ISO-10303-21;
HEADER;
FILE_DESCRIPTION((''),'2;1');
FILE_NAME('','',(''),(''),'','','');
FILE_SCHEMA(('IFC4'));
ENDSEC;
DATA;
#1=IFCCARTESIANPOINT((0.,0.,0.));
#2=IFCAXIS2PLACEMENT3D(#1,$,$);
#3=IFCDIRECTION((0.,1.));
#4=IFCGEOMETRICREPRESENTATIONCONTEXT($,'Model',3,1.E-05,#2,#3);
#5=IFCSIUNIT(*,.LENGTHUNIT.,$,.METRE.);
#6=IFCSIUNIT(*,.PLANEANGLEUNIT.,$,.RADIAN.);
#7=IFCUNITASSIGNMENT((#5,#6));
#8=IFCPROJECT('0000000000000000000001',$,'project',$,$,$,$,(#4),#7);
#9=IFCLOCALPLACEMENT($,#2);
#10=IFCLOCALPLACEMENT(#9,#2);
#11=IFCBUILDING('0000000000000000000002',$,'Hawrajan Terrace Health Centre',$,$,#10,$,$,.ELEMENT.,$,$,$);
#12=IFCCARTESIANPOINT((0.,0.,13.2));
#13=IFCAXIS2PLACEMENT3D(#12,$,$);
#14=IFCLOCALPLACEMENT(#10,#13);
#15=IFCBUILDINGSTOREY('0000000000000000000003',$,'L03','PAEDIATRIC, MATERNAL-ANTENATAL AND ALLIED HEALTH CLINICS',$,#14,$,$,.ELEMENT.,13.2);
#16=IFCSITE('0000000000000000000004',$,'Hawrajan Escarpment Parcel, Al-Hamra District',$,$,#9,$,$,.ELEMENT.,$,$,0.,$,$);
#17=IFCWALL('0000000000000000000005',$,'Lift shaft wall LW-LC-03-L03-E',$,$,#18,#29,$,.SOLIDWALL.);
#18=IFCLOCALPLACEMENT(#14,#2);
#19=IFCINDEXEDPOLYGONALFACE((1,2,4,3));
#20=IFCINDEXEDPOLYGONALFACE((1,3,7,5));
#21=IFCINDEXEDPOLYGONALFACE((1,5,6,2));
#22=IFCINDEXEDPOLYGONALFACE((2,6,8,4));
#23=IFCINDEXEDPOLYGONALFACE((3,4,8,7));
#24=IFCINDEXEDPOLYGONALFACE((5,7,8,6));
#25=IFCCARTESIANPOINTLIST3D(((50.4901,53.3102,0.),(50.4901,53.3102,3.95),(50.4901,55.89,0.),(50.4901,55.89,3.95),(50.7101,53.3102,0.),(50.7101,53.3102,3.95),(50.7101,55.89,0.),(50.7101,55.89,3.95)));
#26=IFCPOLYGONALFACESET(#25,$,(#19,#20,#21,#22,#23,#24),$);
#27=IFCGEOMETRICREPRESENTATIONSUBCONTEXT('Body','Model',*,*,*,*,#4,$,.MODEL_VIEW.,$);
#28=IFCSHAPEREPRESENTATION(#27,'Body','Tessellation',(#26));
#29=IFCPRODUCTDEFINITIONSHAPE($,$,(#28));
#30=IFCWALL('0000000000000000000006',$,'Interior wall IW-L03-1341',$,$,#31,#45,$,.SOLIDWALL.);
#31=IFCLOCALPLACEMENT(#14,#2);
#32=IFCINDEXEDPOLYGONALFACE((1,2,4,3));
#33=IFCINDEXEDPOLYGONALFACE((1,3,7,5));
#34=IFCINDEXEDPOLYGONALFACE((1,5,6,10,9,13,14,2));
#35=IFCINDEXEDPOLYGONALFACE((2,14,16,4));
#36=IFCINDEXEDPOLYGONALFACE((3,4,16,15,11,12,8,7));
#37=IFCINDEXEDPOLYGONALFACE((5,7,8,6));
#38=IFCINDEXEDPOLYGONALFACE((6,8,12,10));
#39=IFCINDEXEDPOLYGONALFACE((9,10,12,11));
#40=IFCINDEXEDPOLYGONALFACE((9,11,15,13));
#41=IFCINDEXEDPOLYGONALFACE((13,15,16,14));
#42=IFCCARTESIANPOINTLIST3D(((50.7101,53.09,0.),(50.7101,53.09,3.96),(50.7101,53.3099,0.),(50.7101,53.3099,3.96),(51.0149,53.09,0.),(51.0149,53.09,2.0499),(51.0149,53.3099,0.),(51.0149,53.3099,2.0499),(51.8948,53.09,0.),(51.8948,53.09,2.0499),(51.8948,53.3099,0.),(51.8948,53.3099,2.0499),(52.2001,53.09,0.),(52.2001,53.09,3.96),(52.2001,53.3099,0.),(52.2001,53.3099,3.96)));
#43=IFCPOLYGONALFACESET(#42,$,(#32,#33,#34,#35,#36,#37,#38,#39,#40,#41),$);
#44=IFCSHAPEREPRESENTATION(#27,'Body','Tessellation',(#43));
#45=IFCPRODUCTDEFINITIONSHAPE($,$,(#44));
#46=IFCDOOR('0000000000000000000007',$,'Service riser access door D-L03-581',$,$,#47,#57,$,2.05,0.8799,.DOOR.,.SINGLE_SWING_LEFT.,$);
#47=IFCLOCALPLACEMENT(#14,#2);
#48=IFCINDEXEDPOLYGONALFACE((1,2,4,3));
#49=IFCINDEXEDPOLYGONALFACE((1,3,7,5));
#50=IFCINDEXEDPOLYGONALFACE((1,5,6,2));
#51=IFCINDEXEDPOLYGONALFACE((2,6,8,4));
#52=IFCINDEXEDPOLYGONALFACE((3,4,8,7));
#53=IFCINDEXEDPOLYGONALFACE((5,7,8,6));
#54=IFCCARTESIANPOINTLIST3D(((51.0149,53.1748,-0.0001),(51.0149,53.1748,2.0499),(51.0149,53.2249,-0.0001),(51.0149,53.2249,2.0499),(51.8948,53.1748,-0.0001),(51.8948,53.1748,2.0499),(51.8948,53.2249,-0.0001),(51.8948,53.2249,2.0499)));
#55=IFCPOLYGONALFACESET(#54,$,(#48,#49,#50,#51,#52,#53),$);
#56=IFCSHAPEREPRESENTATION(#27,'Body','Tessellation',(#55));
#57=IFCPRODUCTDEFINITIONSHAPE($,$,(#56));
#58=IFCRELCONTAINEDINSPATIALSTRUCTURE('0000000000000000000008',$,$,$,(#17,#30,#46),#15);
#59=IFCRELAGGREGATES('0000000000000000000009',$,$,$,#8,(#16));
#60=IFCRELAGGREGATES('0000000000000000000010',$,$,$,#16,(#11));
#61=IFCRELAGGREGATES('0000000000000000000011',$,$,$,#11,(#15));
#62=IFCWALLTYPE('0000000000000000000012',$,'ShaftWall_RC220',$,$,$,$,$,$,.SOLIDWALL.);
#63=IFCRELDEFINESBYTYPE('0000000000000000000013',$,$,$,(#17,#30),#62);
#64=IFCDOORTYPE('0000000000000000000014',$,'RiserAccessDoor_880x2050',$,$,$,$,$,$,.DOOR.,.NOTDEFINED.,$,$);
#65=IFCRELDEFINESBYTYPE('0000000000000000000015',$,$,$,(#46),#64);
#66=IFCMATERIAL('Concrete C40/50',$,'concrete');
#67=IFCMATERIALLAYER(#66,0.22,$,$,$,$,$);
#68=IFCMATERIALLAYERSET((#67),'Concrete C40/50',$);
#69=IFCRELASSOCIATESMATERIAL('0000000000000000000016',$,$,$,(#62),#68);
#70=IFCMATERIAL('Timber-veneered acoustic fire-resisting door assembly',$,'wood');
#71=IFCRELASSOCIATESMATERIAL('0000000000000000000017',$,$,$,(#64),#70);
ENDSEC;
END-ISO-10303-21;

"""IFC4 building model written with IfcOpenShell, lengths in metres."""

from ifc_helpers import new_model, si_unit, direction, frame, frame_2d, origin, place, context, subcontext, project, spatial, rectangle, extrude, material, layer, layer_set, type_object, element, fill, save


model = new_model("IFC4")

# Units and contexts
model_context = context("Model", 3, precision=1e-05, world=origin(), true_north=direction((0.0, 1.0)))
body_context = subcontext(model_context, "Body", "Model", "MODEL_VIEW")
ifc_project = project(units=[si_unit("LENGTHUNIT", "METRE"), si_unit("PLANEANGLEUNIT", "RADIAN")], contexts=[model_context])

# Site, building, storey
site_placement = place(None, origin())
site = spatial("IfcSite", under=ifc_project, at=site_placement, Name="Hawrajan Escarpment Parcel, Al-Hamra District", CompositionType="ELEMENT", RefElevation=0.0)
building_placement = place(site_placement, origin())
building = spatial("IfcBuilding", under=site, at=building_placement, Name="Hawrajan Terrace Health Centre", CompositionType="ELEMENT")
storey_placement = place(building_placement, frame((0.0, 0.0, 13.2)))
storey = spatial("IfcBuildingStorey", under=building, at=storey_placement, Name="L03", Description="PAEDIATRIC, MATERNAL-ANTENATAL AND ALLIED HEALTH CLINICS", CompositionType="ELEMENT", Elevation=13.2)

# Shared definitions
ifc_material_1 = material(Name="Concrete C40/50", Category="concrete")

# Shared definitions
ifc_material_2 = material(Name="Timber-veneered acoustic fire-resisting door assembly", Category="wood")

# Shared definitions
ifc_layer_1 = layer(ifc_material_1, 0.22)
ifc_layer_set_1 = layer_set([ifc_layer_1], Name="Concrete C40/50")
wall_type_1 = type_object("IfcWallType", Name="ShaftWall_RC220", PredefinedType="SOLIDWALL", material=ifc_layer_set_1)

# Wall
wall_1_placement = place(storey_placement, frame((50.6001, 53.3101, 0.0), z_axis=(0.0, 0.0, 1.0), x_axis=(0.0, 1.0, 0.0)))
element("IfcWall", 1, at=wall_1_placement, inside=storey, type_object=wall_type_1, Name="Lift shaft wall LW-LC-03-L03-E", PredefinedType="SOLIDWALL", context=body_context, shape_type="SweptSolid", body=[
    extrude(rectangle(XDim=2.5798, YDim=0.22, at=frame_2d((1.29, 0.0))), origin(), (0.0, 0.0, 1.0), 3.95),
])

# Wall, opening, door
wall_2_placement = place(storey_placement, frame((50.71, 53.2, 0.0), z_axis=(0.0, 0.0, 1.0), x_axis=(1.0, 0.0, 0.0)))
wall_2 = element("IfcWall", 2, at=wall_2_placement, inside=storey, type_object=wall_type_1, Name="Interior wall IW-L03-1341", PredefinedType="SOLIDWALL", context=body_context, shape_type="SweptSolid", body=[
    extrude(rectangle(XDim=1.49, YDim=0.22, at=frame_2d((0.7451, 0.0))), origin(), (0.0, 0.0, 1.0), 3.96),
])
opening_1_placement = place(wall_2_placement, frame((0.3049, 0.0, 0.0)))
opening_1 = element("IfcOpeningElement", 3, at=opening_1_placement, cuts=wall_2, PredefinedType="OPENING", context=body_context, shape_type="SweptSolid", body=[
    extrude(rectangle(XDim=0.8799, YDim=2.05, at=frame_2d((0.4399, 1.0249))), frame((0.0, 0.1199, 0.0), z_axis=(0.0, -1.0, 0.0), x_axis=(1.0, 0.0, 0.0)), (0.0, 0.0, 1.0), 0.24),
])
door_type_1 = type_object("IfcDoorType", Name="RiserAccessDoor_880x2050", OperationType="NOTDEFINED", PredefinedType="DOOR", material=ifc_material_2)
door_1_placement = place(opening_1_placement, origin())
door_1 = element("IfcDoor", 4, at=door_1_placement, inside=storey, type_object=door_type_1, Name="Service riser access door D-L03-581", OperationType="SINGLE_SWING_LEFT", OverallHeight=2.05, OverallWidth=0.8799, PredefinedType="DOOR", context=body_context, shape_type="SweptSolid", body=[
    extrude(rectangle(XDim=0.8799, YDim=2.05, at=frame_2d((0.4399, 1.0249))), frame((0.0, 0.0249, 0.0), z_axis=(0.0, -1.0, 0.0), x_axis=(1.0, 0.0, 0.0)), (0.0, 0.0, 1.0), 0.05),
])
fill(opening_1, door_1)

save(model, "model.ifc")
